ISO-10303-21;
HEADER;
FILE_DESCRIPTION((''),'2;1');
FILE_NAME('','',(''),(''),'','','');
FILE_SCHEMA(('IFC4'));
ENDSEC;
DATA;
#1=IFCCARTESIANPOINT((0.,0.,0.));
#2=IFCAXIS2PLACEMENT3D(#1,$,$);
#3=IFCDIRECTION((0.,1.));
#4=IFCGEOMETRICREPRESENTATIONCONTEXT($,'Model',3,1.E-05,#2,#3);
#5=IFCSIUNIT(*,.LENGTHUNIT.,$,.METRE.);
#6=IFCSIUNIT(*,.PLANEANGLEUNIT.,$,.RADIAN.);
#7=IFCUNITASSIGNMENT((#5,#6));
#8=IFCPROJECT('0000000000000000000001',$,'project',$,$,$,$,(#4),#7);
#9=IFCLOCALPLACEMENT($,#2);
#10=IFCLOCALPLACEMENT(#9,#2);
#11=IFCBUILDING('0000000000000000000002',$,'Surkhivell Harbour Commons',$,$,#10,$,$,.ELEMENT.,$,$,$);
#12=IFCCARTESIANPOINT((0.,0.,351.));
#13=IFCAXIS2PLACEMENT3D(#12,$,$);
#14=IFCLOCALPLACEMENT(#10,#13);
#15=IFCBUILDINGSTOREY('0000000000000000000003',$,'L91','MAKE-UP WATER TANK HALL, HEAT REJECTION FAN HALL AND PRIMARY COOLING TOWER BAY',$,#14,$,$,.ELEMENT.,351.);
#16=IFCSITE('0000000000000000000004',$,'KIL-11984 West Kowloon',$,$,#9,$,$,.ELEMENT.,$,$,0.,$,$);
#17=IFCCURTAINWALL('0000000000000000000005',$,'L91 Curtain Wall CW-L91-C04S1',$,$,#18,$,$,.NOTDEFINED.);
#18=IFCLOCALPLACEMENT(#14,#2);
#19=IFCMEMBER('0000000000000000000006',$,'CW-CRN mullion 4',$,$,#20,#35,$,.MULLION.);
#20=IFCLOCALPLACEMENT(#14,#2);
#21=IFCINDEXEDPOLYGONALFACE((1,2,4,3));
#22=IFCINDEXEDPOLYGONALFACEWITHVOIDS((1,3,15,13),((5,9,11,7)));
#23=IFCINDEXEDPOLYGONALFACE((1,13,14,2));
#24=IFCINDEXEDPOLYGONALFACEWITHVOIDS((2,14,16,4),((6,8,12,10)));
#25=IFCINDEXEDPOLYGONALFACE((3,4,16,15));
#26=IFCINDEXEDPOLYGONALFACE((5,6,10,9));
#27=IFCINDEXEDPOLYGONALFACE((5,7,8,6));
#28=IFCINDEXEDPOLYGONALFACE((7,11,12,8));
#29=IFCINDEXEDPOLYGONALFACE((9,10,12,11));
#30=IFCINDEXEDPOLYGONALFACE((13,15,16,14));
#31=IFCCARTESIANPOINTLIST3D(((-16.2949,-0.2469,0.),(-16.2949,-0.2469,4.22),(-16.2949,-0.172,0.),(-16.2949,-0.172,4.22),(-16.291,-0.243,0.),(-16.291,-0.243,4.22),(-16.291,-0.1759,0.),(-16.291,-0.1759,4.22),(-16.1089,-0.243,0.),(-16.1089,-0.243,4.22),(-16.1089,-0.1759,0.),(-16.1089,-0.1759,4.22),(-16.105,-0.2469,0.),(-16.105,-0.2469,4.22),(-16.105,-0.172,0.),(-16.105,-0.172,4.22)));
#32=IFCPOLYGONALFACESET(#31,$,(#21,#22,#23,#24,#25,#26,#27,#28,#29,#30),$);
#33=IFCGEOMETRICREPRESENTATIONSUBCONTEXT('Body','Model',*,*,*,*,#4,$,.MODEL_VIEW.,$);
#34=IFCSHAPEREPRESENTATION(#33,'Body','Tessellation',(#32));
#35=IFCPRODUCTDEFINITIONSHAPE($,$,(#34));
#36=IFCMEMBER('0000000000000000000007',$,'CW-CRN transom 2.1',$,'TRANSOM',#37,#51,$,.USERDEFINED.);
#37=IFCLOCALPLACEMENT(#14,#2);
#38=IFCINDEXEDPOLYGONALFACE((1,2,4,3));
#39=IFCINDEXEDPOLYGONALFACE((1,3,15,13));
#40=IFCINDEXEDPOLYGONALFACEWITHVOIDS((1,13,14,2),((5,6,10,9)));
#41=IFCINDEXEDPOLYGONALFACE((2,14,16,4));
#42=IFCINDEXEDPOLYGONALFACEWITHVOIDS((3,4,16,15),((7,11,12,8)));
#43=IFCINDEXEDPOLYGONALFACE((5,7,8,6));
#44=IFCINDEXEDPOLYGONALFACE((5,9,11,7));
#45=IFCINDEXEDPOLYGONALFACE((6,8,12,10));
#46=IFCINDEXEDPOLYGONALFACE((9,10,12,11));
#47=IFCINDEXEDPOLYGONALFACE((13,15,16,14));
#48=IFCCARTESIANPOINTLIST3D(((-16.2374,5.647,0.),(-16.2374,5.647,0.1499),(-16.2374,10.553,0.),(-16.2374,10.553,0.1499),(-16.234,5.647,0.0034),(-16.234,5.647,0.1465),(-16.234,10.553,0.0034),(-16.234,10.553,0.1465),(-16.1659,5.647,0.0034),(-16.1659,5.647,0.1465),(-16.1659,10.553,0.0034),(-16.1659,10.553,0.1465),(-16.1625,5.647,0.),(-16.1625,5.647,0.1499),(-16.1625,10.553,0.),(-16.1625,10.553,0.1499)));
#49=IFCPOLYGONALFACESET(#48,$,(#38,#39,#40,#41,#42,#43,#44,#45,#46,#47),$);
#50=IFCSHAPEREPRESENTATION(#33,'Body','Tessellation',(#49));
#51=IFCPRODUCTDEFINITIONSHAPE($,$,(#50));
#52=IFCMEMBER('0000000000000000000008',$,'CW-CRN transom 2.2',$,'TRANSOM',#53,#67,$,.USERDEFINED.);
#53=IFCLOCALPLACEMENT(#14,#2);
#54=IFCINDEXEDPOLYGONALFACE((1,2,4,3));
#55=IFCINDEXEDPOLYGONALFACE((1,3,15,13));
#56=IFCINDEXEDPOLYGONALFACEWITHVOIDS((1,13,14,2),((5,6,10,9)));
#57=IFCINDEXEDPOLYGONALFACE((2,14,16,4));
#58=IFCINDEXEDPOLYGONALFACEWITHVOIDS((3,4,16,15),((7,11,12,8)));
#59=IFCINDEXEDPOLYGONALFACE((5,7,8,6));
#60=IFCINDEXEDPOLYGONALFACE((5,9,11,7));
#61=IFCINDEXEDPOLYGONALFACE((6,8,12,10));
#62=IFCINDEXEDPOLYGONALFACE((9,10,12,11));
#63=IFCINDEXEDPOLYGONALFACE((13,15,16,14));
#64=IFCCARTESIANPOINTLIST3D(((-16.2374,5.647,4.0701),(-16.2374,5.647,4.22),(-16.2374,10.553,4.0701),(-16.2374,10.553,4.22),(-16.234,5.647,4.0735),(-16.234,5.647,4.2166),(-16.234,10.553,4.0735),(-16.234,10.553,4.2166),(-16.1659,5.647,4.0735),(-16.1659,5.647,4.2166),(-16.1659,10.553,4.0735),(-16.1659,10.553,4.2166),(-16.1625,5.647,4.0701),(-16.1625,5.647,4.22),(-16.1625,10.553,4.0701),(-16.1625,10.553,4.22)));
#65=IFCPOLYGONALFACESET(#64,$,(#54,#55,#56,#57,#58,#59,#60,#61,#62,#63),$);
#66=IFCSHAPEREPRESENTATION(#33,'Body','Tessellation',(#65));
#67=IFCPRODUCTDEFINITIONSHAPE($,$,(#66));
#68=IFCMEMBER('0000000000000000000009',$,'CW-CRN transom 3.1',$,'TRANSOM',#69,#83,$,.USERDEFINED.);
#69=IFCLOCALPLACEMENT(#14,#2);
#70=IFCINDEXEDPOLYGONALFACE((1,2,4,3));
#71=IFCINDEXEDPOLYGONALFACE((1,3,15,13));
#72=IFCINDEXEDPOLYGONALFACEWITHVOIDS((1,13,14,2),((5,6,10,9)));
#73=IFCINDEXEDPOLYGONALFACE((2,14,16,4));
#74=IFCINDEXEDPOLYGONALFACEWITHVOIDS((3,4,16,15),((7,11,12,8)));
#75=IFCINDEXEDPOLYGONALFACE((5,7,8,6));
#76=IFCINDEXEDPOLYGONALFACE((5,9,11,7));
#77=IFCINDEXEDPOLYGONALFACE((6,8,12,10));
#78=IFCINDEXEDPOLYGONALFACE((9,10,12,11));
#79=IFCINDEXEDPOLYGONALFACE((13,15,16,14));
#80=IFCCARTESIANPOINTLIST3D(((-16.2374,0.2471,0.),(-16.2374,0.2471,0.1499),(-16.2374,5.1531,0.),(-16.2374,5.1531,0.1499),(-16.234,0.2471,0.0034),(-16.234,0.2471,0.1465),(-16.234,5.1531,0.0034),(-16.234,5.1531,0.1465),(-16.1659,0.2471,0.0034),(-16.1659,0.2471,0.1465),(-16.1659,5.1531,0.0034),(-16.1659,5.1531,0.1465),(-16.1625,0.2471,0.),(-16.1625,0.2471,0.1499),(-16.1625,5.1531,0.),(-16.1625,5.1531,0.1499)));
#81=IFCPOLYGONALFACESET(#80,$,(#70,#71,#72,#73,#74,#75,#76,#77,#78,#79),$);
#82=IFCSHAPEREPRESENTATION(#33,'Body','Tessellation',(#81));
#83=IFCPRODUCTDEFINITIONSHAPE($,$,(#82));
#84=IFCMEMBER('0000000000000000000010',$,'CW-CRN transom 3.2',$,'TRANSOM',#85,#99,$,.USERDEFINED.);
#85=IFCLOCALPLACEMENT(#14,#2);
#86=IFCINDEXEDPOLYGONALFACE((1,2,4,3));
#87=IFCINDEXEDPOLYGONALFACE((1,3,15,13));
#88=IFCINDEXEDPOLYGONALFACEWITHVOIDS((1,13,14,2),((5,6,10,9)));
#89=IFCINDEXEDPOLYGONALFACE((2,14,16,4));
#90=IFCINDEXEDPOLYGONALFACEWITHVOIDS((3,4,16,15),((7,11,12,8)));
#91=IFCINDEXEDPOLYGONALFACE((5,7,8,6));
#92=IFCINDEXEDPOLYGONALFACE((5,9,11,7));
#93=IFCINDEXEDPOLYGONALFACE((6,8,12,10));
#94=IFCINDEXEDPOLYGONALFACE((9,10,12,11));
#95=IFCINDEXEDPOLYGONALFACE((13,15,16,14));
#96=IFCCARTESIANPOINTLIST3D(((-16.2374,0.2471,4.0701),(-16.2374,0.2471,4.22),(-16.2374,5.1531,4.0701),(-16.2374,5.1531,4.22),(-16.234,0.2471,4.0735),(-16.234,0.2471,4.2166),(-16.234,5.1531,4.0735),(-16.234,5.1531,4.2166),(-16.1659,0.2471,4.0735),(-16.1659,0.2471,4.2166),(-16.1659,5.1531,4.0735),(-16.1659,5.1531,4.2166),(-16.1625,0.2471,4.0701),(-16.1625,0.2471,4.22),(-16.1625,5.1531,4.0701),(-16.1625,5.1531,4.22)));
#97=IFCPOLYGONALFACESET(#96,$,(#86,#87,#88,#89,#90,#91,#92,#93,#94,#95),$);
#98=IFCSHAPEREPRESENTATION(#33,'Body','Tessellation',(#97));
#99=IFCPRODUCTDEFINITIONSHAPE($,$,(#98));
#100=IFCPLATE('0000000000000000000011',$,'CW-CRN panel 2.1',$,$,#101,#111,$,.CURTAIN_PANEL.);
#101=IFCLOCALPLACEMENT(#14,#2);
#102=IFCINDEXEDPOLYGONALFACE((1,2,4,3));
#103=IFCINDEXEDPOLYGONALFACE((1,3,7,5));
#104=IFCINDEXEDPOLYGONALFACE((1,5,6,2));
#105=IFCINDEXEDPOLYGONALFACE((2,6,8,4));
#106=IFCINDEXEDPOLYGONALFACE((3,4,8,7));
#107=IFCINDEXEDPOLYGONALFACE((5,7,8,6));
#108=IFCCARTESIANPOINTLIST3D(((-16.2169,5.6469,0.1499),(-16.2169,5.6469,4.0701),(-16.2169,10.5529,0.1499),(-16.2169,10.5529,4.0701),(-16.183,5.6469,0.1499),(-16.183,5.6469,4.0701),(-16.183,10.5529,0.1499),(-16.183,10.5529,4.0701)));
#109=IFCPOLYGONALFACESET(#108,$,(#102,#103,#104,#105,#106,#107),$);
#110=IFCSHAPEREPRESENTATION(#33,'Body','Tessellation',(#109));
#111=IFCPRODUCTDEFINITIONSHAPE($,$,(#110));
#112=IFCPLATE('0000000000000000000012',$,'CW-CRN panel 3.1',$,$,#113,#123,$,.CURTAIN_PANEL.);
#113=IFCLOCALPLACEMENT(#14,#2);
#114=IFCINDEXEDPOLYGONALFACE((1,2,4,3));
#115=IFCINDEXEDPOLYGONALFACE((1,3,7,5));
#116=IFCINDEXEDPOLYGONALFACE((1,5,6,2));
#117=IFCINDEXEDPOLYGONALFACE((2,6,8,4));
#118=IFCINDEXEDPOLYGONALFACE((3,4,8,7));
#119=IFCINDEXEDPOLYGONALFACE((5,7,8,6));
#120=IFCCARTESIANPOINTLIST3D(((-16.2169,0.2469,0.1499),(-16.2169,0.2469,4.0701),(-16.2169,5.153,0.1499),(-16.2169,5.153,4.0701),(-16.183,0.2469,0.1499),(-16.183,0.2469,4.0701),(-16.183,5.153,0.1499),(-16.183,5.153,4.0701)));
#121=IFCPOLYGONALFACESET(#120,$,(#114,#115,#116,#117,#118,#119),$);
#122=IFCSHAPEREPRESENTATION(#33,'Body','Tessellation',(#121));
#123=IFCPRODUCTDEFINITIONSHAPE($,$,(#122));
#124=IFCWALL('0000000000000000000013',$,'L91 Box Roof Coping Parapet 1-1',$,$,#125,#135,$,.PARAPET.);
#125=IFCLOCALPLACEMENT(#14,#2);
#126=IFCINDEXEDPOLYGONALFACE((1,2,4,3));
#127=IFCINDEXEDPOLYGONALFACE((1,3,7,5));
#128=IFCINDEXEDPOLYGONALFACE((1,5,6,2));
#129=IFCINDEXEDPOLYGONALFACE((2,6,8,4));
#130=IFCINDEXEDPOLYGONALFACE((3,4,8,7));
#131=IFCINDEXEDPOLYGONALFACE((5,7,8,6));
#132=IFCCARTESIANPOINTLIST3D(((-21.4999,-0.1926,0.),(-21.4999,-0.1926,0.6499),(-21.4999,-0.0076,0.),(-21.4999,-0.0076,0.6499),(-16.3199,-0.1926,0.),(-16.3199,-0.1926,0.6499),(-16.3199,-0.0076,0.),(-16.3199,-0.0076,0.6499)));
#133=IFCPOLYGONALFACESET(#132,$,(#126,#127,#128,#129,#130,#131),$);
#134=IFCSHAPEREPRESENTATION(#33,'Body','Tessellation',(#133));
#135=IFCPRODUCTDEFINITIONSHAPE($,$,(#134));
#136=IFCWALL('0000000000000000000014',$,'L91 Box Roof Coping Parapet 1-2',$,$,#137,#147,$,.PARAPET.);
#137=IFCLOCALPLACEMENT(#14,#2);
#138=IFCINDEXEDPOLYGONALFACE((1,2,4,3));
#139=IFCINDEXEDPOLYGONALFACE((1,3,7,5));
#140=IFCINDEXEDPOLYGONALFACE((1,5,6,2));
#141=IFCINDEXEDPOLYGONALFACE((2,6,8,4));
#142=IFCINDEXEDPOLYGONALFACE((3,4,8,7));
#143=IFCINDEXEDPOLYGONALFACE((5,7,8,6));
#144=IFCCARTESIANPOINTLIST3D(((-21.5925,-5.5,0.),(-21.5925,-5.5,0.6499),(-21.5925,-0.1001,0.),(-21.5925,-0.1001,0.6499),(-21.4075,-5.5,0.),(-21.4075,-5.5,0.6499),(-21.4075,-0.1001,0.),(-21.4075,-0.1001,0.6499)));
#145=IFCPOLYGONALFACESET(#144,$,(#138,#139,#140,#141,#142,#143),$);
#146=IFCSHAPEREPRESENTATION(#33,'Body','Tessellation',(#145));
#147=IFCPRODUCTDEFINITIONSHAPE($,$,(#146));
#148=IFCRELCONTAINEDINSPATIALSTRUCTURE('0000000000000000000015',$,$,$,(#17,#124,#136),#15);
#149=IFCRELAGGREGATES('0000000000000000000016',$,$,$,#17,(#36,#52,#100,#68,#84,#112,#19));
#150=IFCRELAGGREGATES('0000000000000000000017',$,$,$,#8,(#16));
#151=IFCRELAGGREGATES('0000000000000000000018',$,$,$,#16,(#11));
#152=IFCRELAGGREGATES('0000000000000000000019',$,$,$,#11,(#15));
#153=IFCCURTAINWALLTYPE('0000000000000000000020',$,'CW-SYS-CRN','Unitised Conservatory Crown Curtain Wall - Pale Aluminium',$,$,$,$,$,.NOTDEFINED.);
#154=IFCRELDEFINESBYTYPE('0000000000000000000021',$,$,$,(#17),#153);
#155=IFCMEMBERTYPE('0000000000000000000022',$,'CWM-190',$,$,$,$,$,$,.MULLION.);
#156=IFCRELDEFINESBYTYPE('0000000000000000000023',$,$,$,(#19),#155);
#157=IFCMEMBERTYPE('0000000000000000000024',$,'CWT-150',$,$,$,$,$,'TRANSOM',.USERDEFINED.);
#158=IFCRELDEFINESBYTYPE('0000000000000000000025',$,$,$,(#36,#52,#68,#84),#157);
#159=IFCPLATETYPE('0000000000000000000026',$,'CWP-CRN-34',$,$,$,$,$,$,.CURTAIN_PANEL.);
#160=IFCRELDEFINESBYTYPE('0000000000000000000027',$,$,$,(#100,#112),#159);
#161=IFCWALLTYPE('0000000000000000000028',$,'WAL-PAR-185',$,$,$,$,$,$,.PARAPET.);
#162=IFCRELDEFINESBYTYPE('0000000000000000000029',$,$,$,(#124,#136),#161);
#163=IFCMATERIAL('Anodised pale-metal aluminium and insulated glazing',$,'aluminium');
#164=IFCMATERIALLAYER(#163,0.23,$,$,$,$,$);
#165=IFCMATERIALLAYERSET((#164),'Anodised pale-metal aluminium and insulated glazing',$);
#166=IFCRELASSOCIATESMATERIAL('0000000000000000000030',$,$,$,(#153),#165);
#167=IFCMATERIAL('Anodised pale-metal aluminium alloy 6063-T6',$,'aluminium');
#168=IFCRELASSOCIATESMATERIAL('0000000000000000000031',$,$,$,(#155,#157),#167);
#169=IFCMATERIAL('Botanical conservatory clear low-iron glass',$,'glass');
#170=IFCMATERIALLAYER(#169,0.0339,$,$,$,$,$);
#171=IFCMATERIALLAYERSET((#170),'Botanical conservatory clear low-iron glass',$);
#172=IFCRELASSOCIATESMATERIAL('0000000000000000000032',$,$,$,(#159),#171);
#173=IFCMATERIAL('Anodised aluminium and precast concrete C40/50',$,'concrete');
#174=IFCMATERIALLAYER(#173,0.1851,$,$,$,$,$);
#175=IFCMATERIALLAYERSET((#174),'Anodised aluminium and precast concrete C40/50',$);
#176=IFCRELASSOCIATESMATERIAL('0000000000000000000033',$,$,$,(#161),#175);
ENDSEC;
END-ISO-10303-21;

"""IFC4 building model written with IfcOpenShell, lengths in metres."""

from ifc_helpers import new_model, si_unit, direction, frame, frame_2d, origin, origin_2d, place, context, subcontext, project, spatial, rectangle, hollow_rectangle, extrude, material, layer, layer_set, material_profile, profile_set, type_object, element, aggregate, save


model = new_model("IFC4")

# Units and contexts
model_context = context("Model", 3, precision=1e-05, world=origin(), true_north=direction((0.0, 1.0)))
body_context = subcontext(model_context, "Body", "Model", "MODEL_VIEW")
ifc_project = project(units=[si_unit("LENGTHUNIT", "METRE"), si_unit("PLANEANGLEUNIT", "RADIAN")], contexts=[model_context])

# Site, building, storey
site_placement = place(None, origin())
site = spatial("IfcSite", under=ifc_project, at=site_placement, Name="KIL-11984 West Kowloon", CompositionType="ELEMENT", RefElevation=0.0)
building_placement = place(site_placement, origin())
building = spatial("IfcBuilding", under=site, at=building_placement, Name="Surkhivell Harbour Commons", CompositionType="ELEMENT")
storey_placement = place(building_placement, frame((0.0, 0.0, 351.0)))
storey = spatial("IfcBuildingStorey", under=building, at=storey_placement, Name="L91", Description="MAKE-UP WATER TANK HALL, HEAT REJECTION FAN HALL AND PRIMARY COOLING TOWER BAY", CompositionType="ELEMENT", Elevation=351.0)

# Curtain wall, members, plates
ifc_material_1 = material(Name="Anodised pale-metal aluminium and insulated glazing", Category="aluminium")
ifc_layer_1 = layer(ifc_material_1, 0.23)
ifc_layer_set_1 = layer_set([ifc_layer_1], Name="Anodised pale-metal aluminium and insulated glazing")
curtain_wall_type = type_object("IfcCurtainWallType", Name="CW-SYS-CRN", Description="Unitised Conservatory Crown Curtain Wall - Pale Aluminium", PredefinedType="NOTDEFINED", material=ifc_layer_set_1)
curtain_wall_placement = place(storey_placement, origin())
curtain_wall = element("IfcCurtainWall", 1, at=curtain_wall_placement, inside=storey, type_object=curtain_wall_type, Name="L91 Curtain Wall CW-L91-C04S1", PredefinedType="NOTDEFINED")
ifc_material_2 = material(Name="Anodised pale-metal aluminium alloy 6063-T6", Category="aluminium")
ifc_material_profile_1 = material_profile(ifc_material_2, hollow_rectangle(XDim=0.075, YDim=0.1899, WallThickness=0.0039, at=origin_2d()), Name="ALU-MULL-75x190")
ifc_profile_set_1 = profile_set([ifc_material_profile_1], Name="Anodised pale-metal aluminium alloy 6063-T6")
member_type_1 = type_object("IfcMemberType", Name="CWM-190", PredefinedType="MULLION", material=ifc_profile_set_1)
member_1_placement = place(storey_placement, frame((-16.2, -0.2095, 0.0), z_axis=(0.0, 0.0, 1.0), x_axis=(0.0, -1.0, 0.0)))
member_1 = element("IfcMember", 2, at=member_1_placement, type_object=member_type_1, Name="CW-CRN mullion 4", PredefinedType="MULLION", context=body_context, shape_type="SweptSolid", body=[
    extrude(hollow_rectangle(XDim=0.075, YDim=0.1899, WallThickness=0.0039, at=origin_2d()), origin(), (0.0, 0.0, 1.0), 4.22),
])
ifc_material_profile_2 = material_profile(ifc_material_2, hollow_rectangle(XDim=0.075, YDim=0.1499, WallThickness=0.0034, at=origin_2d()), Name="ALU-TRAN-75x150")
ifc_profile_set_2 = profile_set([ifc_material_profile_2], Name="Anodised pale-metal aluminium alloy 6063-T6")
member_type_2 = type_object("IfcMemberType", Name="CWT-150", ElementType="TRANSOM", PredefinedType="USERDEFINED", material=ifc_profile_set_2)
member_2_placement = place(storey_placement, frame((-16.2, 10.553, 0.075), z_axis=(0.0, -1.0, 0.0), x_axis=(1.0, 0.0, 0.0)))
member_2 = element("IfcMember", 3, at=member_2_placement, type_object=member_type_2, Name="CW-CRN transom 2.1", ObjectType="TRANSOM", PredefinedType="USERDEFINED", context=body_context, shape_type="SweptSolid", body=[
    extrude(hollow_rectangle(XDim=0.075, YDim=0.1499, WallThickness=0.0034, at=origin_2d()), origin(), (0.0, 0.0, 1.0), 4.906),
])
member_3_placement = place(storey_placement, frame((-16.2, 10.553, 4.145), z_axis=(0.0, -1.0, 0.0), x_axis=(1.0, 0.0, 0.0)))
member_3 = element("IfcMember", 4, at=member_3_placement, type_object=member_type_2, Name="CW-CRN transom 2.2", ObjectType="TRANSOM", PredefinedType="USERDEFINED", context=body_context, shape_type="SweptSolid", body=[
    extrude(hollow_rectangle(XDim=0.075, YDim=0.1499, WallThickness=0.0034, at=origin_2d()), origin(), (0.0, 0.0, 1.0), 4.906),
])
member_4_placement = place(storey_placement, frame((-16.2, 5.1531, 0.075), z_axis=(0.0, -1.0, 0.0), x_axis=(1.0, 0.0, 0.0)))
member_4 = element("IfcMember", 5, at=member_4_placement, type_object=member_type_2, Name="CW-CRN transom 3.1", ObjectType="TRANSOM", PredefinedType="USERDEFINED", context=body_context, shape_type="SweptSolid", body=[
    extrude(hollow_rectangle(XDim=0.075, YDim=0.1499, WallThickness=0.0034, at=origin_2d()), origin(), (0.0, 0.0, 1.0), 4.906),
])
member_5_placement = place(storey_placement, frame((-16.2, 5.1531, 4.145), z_axis=(0.0, -1.0, 0.0), x_axis=(1.0, 0.0, 0.0)))
member_5 = element("IfcMember", 6, at=member_5_placement, type_object=member_type_2, Name="CW-CRN transom 3.2", ObjectType="TRANSOM", PredefinedType="USERDEFINED", context=body_context, shape_type="SweptSolid", body=[
    extrude(hollow_rectangle(XDim=0.075, YDim=0.1499, WallThickness=0.0034, at=origin_2d()), origin(), (0.0, 0.0, 1.0), 4.906),
])
ifc_material_3 = material(Name="Botanical conservatory clear low-iron glass", Category="glass")
ifc_layer_2 = layer(ifc_material_3, 0.0339)
ifc_layer_set_2 = layer_set([ifc_layer_2], Name="Botanical conservatory clear low-iron glass")
plate_type = type_object("IfcPlateType", Name="CWP-CRN-34", PredefinedType="CURTAIN_PANEL", material=ifc_layer_set_2)
plate_1_placement = place(storey_placement, frame((-16.2, 10.553, 0.1499), z_axis=(0.0, 0.0, 1.0), x_axis=(0.0, -1.0, 0.0)))
plate_1 = element("IfcPlate", 7, at=plate_1_placement, type_object=plate_type, Name="CW-CRN panel 2.1", PredefinedType="CURTAIN_PANEL", context=body_context, shape_type="SweptSolid", body=[
    extrude(rectangle(XDim=4.906, YDim=0.0339, at=frame_2d((2.4531, 0.0))), origin(), (0.0, 0.0, 1.0), 3.9202),
])
plate_2_placement = place(storey_placement, frame((-16.2, 5.1531, 0.1499), z_axis=(0.0, 0.0, 1.0), x_axis=(0.0, -1.0, 0.0)))
plate_2 = element("IfcPlate", 8, at=plate_2_placement, type_object=plate_type, Name="CW-CRN panel 3.1", PredefinedType="CURTAIN_PANEL", context=body_context, shape_type="SweptSolid", body=[
    extrude(rectangle(XDim=4.906, YDim=0.0339, at=frame_2d((2.4531, 0.0))), origin(), (0.0, 0.0, 1.0), 3.9202),
])
aggregate(curtain_wall, [member_2, member_3, plate_1, member_4, member_5, plate_2, member_1])

# Walls
ifc_material_4 = material(Name="Anodised aluminium and precast concrete C40/50", Category="concrete")
ifc_layer_3 = layer(ifc_material_4, 0.1851)
ifc_layer_set_3 = layer_set([ifc_layer_3], Name="Anodised aluminium and precast concrete C40/50")
wall_type = type_object("IfcWallType", Name="WAL-PAR-185", PredefinedType="PARAPET", material=ifc_layer_set_3)
wall_1_placement = place(storey_placement, frame((-16.3201, -0.1001, 0.0), z_axis=(0.0, 0.0, 1.0), x_axis=(-1.0, 0.0, 0.0)))
element("IfcWall", 9, at=wall_1_placement, inside=storey, type_object=wall_type, Name="L91 Box Roof Coping Parapet 1-1", PredefinedType="PARAPET", context=body_context, shape_type="SweptSolid", body=[
    extrude(rectangle(XDim=5.1799, YDim=0.1851, at=frame_2d((2.5898, 0.0))), origin(), (0.0, 0.0, 1.0), 0.6499),
])
wall_2_placement = place(storey_placement, frame((-21.5, -0.1001, 0.0), z_axis=(0.0, 0.0, 1.0), x_axis=(0.0, -1.0, 0.0)))
element("IfcWall", 10, at=wall_2_placement, inside=storey, type_object=wall_type, Name="L91 Box Roof Coping Parapet 1-2", PredefinedType="PARAPET", context=body_context, shape_type="SweptSolid", body=[
    extrude(rectangle(XDim=5.3999, YDim=0.1851, at=frame_2d((2.7, 0.0))), origin(), (0.0, 0.0, 1.0), 0.6499),
])

save(model, "model.ifc")
